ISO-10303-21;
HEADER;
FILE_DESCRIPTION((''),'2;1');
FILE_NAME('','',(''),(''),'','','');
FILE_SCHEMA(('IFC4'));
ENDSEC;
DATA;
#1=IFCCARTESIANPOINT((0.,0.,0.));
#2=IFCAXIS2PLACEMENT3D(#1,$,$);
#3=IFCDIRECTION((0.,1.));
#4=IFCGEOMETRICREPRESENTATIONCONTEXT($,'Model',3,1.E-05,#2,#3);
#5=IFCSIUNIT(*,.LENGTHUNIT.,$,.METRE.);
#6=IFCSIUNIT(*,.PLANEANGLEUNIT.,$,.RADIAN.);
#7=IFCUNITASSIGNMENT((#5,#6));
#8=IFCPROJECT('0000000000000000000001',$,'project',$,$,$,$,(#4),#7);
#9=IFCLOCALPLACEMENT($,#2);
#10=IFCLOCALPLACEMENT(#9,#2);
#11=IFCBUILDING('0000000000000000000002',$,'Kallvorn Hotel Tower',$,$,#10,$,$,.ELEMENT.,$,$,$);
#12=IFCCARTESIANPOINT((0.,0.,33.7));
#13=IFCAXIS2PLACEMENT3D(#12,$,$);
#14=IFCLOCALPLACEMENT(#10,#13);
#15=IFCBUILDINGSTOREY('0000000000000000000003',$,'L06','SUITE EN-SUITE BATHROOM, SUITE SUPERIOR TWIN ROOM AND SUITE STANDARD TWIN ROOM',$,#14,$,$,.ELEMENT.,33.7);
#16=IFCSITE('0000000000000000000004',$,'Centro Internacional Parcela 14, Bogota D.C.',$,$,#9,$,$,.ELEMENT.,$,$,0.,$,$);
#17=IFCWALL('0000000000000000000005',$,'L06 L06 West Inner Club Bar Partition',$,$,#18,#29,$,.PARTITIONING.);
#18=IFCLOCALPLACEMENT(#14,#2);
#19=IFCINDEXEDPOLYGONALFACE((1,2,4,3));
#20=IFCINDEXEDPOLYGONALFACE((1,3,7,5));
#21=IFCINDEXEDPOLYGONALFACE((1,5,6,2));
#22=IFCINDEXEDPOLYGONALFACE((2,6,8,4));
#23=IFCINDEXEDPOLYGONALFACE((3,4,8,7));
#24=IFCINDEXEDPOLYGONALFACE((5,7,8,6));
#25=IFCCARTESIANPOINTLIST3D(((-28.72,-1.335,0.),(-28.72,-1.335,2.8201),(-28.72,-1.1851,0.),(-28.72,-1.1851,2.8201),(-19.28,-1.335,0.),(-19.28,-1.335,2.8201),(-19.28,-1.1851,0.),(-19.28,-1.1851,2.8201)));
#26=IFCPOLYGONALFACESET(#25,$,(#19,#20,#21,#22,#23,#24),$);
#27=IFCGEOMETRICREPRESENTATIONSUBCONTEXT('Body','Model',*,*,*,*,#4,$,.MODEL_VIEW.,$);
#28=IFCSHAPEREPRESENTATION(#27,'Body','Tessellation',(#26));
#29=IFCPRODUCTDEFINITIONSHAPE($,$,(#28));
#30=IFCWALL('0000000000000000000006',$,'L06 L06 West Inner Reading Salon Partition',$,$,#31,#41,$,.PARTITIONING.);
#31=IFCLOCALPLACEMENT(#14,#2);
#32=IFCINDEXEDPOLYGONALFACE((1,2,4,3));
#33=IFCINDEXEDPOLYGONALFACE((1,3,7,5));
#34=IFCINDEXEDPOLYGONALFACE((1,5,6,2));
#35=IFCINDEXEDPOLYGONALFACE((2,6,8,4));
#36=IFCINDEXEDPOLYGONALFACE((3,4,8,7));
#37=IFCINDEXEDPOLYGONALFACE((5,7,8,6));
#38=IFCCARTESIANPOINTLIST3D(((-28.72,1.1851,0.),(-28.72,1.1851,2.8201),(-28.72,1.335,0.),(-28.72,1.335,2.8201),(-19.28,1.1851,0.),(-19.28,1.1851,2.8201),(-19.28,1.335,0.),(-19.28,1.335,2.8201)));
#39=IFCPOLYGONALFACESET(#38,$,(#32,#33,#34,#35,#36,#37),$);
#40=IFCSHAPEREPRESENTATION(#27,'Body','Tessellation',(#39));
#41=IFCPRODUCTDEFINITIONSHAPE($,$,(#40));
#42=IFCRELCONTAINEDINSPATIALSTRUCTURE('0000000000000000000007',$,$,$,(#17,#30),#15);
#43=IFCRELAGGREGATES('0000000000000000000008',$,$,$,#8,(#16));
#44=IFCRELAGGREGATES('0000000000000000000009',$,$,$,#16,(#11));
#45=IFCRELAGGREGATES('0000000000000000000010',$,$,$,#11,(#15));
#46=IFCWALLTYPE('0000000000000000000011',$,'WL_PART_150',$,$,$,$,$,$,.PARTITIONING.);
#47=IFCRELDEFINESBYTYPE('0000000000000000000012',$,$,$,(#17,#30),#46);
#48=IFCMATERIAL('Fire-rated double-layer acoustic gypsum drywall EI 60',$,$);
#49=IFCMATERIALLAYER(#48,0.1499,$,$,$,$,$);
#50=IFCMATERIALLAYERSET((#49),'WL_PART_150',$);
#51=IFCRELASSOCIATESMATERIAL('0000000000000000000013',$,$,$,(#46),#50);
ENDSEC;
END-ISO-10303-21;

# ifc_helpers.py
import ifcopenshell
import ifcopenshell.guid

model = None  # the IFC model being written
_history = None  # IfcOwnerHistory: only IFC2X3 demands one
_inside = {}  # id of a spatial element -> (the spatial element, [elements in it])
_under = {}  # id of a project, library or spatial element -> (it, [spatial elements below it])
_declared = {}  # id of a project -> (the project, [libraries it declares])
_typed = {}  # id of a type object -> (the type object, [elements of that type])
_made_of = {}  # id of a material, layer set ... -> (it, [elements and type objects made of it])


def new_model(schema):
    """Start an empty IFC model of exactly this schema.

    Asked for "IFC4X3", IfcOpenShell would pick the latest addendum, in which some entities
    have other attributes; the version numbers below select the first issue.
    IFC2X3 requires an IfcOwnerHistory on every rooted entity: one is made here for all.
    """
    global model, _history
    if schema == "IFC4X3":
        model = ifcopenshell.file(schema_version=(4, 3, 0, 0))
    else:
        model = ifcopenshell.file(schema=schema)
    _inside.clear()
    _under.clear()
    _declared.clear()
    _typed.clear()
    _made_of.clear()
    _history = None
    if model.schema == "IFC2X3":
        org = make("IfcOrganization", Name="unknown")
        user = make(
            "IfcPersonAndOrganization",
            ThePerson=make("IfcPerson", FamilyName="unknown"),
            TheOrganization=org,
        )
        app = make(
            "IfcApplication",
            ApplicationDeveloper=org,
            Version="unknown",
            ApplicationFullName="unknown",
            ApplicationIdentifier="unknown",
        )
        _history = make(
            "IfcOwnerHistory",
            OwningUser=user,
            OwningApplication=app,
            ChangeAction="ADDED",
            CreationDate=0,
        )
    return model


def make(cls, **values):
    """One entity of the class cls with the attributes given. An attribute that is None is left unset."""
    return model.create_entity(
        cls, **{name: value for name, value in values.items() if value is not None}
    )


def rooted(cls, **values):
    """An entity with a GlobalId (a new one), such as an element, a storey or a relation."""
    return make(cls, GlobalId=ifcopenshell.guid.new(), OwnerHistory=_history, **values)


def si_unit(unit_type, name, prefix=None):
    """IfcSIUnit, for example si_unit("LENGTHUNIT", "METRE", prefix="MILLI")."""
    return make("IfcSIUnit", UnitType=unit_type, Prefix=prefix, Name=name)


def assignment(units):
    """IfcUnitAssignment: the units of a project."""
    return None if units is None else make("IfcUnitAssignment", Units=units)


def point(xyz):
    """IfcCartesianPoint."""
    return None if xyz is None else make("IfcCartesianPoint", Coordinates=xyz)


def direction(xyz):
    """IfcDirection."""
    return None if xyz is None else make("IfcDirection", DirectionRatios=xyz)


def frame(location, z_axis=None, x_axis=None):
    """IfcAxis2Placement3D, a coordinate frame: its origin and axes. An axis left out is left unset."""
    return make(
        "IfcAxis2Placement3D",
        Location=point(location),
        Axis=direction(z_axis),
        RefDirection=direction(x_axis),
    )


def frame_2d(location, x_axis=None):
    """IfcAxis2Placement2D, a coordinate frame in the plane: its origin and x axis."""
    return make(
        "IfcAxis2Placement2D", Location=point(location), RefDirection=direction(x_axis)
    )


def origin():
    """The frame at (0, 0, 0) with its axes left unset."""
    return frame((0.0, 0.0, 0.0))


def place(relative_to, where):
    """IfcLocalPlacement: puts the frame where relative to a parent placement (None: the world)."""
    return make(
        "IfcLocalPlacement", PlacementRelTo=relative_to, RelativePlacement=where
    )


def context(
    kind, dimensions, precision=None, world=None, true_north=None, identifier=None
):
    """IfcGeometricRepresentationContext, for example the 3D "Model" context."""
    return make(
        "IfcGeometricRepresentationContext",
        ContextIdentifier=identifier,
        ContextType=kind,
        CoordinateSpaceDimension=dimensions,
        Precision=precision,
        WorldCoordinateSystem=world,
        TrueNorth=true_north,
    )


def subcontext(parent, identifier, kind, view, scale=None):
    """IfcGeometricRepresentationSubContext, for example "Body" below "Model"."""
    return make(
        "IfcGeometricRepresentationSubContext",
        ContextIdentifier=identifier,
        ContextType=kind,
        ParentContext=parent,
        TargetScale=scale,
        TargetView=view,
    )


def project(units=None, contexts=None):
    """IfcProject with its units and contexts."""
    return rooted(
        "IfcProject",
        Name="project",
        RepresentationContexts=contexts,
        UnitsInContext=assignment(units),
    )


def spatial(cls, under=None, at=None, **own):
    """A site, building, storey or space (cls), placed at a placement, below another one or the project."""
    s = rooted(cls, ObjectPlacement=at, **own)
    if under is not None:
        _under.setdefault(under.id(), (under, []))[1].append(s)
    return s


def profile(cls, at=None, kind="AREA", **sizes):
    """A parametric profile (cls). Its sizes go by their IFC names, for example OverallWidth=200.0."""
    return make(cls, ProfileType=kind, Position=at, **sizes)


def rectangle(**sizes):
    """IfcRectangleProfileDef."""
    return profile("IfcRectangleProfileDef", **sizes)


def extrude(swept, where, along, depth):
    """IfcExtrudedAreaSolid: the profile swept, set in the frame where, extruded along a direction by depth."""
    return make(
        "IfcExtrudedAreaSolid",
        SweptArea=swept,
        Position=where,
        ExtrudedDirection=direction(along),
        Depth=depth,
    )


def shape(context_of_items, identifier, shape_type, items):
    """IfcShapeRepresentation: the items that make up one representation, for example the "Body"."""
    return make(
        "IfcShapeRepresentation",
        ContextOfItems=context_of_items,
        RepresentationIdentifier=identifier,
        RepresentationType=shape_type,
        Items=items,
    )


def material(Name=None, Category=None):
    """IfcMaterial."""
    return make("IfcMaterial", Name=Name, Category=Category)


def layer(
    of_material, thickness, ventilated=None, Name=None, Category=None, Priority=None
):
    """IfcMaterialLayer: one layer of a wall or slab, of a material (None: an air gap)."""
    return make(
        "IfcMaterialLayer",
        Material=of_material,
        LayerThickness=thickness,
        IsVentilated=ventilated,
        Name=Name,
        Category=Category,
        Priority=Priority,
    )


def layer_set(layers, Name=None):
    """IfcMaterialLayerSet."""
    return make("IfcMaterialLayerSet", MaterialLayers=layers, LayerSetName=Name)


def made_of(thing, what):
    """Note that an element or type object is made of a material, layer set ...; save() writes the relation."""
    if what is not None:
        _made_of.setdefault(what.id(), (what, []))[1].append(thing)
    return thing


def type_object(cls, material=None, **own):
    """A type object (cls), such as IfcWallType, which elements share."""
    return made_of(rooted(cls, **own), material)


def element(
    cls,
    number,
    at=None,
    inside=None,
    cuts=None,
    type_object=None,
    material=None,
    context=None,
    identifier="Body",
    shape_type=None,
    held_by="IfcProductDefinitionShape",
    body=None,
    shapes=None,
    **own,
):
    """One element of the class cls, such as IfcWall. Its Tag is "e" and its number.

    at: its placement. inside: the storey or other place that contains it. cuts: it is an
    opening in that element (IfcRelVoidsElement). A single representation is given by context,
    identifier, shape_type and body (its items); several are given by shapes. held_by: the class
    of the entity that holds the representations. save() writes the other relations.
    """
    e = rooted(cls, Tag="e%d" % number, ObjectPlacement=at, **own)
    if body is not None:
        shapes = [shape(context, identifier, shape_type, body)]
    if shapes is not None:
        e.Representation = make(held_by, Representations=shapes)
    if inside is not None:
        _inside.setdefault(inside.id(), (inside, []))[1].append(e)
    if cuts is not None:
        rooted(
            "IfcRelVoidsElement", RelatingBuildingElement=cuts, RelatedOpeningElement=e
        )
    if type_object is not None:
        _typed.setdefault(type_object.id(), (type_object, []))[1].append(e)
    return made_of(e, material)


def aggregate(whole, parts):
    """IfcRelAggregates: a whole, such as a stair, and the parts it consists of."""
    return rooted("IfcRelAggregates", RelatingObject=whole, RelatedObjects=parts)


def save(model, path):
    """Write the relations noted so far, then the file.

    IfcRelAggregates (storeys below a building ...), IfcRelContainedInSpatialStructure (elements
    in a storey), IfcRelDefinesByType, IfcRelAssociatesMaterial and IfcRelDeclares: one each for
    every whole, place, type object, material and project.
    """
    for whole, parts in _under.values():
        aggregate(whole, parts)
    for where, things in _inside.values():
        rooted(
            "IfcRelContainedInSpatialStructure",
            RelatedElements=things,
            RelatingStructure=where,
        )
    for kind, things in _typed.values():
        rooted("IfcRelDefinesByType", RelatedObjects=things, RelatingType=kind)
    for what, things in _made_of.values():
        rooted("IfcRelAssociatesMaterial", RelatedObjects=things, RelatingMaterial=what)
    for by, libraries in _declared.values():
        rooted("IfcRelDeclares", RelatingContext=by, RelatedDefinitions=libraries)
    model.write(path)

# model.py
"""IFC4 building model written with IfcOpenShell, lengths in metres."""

from ifc_helpers import new_model, si_unit, direction, frame, frame_2d, origin, place, context, subcontext, project, spatial, rectangle, extrude, material, layer, layer_set, type_object, element, save


model = new_model("IFC4")

# Units and contexts
model_context = context("Model", 3, precision=1e-05, world=origin(), true_north=direction((0.0, 1.0)))
body_context = subcontext(model_context, "Body", "Model", "MODEL_VIEW")
ifc_project = project(units=[si_unit("LENGTHUNIT", "METRE"), si_unit("PLANEANGLEUNIT", "RADIAN")], contexts=[model_context])

# Site, building, storey
site_placement = place(None, origin())
site = spatial("IfcSite", under=ifc_project, at=site_placement, Name="Centro Internacional Parcela 14, Bogota D.C.", CompositionType="ELEMENT", RefElevation=0.0)
building_placement = place(site_placement, origin())
building = spatial("IfcBuilding", under=site, at=building_placement, Name="Kallvorn Hotel Tower", CompositionType="ELEMENT")
storey_placement = place(building_placement, frame((0.0, 0.0, 33.7)))
storey = spatial("IfcBuildingStorey", under=building, at=storey_placement, Name="L06", Description="SUITE EN-SUITE BATHROOM, SUITE SUPERIOR TWIN ROOM AND SUITE STANDARD TWIN ROOM", CompositionType="ELEMENT", Elevation=33.7)

# Walls
ifc_material_1 = material(Name="Fire-rated double-layer acoustic gypsum drywall EI 60")
ifc_layer_1 = layer(ifc_material_1, 0.1499)
ifc_layer_set_1 = layer_set([ifc_layer_1], Name="WL_PART_150")
wall_type_1 = type_object("IfcWallType", Name="WL_PART_150", PredefinedType="PARTITIONING", material=ifc_layer_set_1)
for number, where, z_axis, x_axis, name in (
    (1, (-28.72, -1.26, 0.0), (0.0, 0.0, 1.0), (1.0, 0.0, 0.0), "L06 L06 West Inner Club Bar Partition"),
    (2, (-28.72, 1.26, 0.0), (0.0, 0.0, 1.0), (1.0, 0.0, 0.0), "L06 L06 West Inner Reading Salon Partition"),
):
    element("IfcWall", number, at=place(storey_placement, frame(where, z_axis=z_axis, x_axis=x_axis)), inside=storey, type_object=wall_type_1, Name=name, PredefinedType="PARTITIONING", context=body_context, shape_type="SweptSolid", body=[
        extrude(rectangle(XDim=9.4399, YDim=0.1499, at=frame_2d((4.72, 0.0))), origin(), (0.0, 0.0, 1.0), 2.8201),
    ])

save(model, "model.ifc")
